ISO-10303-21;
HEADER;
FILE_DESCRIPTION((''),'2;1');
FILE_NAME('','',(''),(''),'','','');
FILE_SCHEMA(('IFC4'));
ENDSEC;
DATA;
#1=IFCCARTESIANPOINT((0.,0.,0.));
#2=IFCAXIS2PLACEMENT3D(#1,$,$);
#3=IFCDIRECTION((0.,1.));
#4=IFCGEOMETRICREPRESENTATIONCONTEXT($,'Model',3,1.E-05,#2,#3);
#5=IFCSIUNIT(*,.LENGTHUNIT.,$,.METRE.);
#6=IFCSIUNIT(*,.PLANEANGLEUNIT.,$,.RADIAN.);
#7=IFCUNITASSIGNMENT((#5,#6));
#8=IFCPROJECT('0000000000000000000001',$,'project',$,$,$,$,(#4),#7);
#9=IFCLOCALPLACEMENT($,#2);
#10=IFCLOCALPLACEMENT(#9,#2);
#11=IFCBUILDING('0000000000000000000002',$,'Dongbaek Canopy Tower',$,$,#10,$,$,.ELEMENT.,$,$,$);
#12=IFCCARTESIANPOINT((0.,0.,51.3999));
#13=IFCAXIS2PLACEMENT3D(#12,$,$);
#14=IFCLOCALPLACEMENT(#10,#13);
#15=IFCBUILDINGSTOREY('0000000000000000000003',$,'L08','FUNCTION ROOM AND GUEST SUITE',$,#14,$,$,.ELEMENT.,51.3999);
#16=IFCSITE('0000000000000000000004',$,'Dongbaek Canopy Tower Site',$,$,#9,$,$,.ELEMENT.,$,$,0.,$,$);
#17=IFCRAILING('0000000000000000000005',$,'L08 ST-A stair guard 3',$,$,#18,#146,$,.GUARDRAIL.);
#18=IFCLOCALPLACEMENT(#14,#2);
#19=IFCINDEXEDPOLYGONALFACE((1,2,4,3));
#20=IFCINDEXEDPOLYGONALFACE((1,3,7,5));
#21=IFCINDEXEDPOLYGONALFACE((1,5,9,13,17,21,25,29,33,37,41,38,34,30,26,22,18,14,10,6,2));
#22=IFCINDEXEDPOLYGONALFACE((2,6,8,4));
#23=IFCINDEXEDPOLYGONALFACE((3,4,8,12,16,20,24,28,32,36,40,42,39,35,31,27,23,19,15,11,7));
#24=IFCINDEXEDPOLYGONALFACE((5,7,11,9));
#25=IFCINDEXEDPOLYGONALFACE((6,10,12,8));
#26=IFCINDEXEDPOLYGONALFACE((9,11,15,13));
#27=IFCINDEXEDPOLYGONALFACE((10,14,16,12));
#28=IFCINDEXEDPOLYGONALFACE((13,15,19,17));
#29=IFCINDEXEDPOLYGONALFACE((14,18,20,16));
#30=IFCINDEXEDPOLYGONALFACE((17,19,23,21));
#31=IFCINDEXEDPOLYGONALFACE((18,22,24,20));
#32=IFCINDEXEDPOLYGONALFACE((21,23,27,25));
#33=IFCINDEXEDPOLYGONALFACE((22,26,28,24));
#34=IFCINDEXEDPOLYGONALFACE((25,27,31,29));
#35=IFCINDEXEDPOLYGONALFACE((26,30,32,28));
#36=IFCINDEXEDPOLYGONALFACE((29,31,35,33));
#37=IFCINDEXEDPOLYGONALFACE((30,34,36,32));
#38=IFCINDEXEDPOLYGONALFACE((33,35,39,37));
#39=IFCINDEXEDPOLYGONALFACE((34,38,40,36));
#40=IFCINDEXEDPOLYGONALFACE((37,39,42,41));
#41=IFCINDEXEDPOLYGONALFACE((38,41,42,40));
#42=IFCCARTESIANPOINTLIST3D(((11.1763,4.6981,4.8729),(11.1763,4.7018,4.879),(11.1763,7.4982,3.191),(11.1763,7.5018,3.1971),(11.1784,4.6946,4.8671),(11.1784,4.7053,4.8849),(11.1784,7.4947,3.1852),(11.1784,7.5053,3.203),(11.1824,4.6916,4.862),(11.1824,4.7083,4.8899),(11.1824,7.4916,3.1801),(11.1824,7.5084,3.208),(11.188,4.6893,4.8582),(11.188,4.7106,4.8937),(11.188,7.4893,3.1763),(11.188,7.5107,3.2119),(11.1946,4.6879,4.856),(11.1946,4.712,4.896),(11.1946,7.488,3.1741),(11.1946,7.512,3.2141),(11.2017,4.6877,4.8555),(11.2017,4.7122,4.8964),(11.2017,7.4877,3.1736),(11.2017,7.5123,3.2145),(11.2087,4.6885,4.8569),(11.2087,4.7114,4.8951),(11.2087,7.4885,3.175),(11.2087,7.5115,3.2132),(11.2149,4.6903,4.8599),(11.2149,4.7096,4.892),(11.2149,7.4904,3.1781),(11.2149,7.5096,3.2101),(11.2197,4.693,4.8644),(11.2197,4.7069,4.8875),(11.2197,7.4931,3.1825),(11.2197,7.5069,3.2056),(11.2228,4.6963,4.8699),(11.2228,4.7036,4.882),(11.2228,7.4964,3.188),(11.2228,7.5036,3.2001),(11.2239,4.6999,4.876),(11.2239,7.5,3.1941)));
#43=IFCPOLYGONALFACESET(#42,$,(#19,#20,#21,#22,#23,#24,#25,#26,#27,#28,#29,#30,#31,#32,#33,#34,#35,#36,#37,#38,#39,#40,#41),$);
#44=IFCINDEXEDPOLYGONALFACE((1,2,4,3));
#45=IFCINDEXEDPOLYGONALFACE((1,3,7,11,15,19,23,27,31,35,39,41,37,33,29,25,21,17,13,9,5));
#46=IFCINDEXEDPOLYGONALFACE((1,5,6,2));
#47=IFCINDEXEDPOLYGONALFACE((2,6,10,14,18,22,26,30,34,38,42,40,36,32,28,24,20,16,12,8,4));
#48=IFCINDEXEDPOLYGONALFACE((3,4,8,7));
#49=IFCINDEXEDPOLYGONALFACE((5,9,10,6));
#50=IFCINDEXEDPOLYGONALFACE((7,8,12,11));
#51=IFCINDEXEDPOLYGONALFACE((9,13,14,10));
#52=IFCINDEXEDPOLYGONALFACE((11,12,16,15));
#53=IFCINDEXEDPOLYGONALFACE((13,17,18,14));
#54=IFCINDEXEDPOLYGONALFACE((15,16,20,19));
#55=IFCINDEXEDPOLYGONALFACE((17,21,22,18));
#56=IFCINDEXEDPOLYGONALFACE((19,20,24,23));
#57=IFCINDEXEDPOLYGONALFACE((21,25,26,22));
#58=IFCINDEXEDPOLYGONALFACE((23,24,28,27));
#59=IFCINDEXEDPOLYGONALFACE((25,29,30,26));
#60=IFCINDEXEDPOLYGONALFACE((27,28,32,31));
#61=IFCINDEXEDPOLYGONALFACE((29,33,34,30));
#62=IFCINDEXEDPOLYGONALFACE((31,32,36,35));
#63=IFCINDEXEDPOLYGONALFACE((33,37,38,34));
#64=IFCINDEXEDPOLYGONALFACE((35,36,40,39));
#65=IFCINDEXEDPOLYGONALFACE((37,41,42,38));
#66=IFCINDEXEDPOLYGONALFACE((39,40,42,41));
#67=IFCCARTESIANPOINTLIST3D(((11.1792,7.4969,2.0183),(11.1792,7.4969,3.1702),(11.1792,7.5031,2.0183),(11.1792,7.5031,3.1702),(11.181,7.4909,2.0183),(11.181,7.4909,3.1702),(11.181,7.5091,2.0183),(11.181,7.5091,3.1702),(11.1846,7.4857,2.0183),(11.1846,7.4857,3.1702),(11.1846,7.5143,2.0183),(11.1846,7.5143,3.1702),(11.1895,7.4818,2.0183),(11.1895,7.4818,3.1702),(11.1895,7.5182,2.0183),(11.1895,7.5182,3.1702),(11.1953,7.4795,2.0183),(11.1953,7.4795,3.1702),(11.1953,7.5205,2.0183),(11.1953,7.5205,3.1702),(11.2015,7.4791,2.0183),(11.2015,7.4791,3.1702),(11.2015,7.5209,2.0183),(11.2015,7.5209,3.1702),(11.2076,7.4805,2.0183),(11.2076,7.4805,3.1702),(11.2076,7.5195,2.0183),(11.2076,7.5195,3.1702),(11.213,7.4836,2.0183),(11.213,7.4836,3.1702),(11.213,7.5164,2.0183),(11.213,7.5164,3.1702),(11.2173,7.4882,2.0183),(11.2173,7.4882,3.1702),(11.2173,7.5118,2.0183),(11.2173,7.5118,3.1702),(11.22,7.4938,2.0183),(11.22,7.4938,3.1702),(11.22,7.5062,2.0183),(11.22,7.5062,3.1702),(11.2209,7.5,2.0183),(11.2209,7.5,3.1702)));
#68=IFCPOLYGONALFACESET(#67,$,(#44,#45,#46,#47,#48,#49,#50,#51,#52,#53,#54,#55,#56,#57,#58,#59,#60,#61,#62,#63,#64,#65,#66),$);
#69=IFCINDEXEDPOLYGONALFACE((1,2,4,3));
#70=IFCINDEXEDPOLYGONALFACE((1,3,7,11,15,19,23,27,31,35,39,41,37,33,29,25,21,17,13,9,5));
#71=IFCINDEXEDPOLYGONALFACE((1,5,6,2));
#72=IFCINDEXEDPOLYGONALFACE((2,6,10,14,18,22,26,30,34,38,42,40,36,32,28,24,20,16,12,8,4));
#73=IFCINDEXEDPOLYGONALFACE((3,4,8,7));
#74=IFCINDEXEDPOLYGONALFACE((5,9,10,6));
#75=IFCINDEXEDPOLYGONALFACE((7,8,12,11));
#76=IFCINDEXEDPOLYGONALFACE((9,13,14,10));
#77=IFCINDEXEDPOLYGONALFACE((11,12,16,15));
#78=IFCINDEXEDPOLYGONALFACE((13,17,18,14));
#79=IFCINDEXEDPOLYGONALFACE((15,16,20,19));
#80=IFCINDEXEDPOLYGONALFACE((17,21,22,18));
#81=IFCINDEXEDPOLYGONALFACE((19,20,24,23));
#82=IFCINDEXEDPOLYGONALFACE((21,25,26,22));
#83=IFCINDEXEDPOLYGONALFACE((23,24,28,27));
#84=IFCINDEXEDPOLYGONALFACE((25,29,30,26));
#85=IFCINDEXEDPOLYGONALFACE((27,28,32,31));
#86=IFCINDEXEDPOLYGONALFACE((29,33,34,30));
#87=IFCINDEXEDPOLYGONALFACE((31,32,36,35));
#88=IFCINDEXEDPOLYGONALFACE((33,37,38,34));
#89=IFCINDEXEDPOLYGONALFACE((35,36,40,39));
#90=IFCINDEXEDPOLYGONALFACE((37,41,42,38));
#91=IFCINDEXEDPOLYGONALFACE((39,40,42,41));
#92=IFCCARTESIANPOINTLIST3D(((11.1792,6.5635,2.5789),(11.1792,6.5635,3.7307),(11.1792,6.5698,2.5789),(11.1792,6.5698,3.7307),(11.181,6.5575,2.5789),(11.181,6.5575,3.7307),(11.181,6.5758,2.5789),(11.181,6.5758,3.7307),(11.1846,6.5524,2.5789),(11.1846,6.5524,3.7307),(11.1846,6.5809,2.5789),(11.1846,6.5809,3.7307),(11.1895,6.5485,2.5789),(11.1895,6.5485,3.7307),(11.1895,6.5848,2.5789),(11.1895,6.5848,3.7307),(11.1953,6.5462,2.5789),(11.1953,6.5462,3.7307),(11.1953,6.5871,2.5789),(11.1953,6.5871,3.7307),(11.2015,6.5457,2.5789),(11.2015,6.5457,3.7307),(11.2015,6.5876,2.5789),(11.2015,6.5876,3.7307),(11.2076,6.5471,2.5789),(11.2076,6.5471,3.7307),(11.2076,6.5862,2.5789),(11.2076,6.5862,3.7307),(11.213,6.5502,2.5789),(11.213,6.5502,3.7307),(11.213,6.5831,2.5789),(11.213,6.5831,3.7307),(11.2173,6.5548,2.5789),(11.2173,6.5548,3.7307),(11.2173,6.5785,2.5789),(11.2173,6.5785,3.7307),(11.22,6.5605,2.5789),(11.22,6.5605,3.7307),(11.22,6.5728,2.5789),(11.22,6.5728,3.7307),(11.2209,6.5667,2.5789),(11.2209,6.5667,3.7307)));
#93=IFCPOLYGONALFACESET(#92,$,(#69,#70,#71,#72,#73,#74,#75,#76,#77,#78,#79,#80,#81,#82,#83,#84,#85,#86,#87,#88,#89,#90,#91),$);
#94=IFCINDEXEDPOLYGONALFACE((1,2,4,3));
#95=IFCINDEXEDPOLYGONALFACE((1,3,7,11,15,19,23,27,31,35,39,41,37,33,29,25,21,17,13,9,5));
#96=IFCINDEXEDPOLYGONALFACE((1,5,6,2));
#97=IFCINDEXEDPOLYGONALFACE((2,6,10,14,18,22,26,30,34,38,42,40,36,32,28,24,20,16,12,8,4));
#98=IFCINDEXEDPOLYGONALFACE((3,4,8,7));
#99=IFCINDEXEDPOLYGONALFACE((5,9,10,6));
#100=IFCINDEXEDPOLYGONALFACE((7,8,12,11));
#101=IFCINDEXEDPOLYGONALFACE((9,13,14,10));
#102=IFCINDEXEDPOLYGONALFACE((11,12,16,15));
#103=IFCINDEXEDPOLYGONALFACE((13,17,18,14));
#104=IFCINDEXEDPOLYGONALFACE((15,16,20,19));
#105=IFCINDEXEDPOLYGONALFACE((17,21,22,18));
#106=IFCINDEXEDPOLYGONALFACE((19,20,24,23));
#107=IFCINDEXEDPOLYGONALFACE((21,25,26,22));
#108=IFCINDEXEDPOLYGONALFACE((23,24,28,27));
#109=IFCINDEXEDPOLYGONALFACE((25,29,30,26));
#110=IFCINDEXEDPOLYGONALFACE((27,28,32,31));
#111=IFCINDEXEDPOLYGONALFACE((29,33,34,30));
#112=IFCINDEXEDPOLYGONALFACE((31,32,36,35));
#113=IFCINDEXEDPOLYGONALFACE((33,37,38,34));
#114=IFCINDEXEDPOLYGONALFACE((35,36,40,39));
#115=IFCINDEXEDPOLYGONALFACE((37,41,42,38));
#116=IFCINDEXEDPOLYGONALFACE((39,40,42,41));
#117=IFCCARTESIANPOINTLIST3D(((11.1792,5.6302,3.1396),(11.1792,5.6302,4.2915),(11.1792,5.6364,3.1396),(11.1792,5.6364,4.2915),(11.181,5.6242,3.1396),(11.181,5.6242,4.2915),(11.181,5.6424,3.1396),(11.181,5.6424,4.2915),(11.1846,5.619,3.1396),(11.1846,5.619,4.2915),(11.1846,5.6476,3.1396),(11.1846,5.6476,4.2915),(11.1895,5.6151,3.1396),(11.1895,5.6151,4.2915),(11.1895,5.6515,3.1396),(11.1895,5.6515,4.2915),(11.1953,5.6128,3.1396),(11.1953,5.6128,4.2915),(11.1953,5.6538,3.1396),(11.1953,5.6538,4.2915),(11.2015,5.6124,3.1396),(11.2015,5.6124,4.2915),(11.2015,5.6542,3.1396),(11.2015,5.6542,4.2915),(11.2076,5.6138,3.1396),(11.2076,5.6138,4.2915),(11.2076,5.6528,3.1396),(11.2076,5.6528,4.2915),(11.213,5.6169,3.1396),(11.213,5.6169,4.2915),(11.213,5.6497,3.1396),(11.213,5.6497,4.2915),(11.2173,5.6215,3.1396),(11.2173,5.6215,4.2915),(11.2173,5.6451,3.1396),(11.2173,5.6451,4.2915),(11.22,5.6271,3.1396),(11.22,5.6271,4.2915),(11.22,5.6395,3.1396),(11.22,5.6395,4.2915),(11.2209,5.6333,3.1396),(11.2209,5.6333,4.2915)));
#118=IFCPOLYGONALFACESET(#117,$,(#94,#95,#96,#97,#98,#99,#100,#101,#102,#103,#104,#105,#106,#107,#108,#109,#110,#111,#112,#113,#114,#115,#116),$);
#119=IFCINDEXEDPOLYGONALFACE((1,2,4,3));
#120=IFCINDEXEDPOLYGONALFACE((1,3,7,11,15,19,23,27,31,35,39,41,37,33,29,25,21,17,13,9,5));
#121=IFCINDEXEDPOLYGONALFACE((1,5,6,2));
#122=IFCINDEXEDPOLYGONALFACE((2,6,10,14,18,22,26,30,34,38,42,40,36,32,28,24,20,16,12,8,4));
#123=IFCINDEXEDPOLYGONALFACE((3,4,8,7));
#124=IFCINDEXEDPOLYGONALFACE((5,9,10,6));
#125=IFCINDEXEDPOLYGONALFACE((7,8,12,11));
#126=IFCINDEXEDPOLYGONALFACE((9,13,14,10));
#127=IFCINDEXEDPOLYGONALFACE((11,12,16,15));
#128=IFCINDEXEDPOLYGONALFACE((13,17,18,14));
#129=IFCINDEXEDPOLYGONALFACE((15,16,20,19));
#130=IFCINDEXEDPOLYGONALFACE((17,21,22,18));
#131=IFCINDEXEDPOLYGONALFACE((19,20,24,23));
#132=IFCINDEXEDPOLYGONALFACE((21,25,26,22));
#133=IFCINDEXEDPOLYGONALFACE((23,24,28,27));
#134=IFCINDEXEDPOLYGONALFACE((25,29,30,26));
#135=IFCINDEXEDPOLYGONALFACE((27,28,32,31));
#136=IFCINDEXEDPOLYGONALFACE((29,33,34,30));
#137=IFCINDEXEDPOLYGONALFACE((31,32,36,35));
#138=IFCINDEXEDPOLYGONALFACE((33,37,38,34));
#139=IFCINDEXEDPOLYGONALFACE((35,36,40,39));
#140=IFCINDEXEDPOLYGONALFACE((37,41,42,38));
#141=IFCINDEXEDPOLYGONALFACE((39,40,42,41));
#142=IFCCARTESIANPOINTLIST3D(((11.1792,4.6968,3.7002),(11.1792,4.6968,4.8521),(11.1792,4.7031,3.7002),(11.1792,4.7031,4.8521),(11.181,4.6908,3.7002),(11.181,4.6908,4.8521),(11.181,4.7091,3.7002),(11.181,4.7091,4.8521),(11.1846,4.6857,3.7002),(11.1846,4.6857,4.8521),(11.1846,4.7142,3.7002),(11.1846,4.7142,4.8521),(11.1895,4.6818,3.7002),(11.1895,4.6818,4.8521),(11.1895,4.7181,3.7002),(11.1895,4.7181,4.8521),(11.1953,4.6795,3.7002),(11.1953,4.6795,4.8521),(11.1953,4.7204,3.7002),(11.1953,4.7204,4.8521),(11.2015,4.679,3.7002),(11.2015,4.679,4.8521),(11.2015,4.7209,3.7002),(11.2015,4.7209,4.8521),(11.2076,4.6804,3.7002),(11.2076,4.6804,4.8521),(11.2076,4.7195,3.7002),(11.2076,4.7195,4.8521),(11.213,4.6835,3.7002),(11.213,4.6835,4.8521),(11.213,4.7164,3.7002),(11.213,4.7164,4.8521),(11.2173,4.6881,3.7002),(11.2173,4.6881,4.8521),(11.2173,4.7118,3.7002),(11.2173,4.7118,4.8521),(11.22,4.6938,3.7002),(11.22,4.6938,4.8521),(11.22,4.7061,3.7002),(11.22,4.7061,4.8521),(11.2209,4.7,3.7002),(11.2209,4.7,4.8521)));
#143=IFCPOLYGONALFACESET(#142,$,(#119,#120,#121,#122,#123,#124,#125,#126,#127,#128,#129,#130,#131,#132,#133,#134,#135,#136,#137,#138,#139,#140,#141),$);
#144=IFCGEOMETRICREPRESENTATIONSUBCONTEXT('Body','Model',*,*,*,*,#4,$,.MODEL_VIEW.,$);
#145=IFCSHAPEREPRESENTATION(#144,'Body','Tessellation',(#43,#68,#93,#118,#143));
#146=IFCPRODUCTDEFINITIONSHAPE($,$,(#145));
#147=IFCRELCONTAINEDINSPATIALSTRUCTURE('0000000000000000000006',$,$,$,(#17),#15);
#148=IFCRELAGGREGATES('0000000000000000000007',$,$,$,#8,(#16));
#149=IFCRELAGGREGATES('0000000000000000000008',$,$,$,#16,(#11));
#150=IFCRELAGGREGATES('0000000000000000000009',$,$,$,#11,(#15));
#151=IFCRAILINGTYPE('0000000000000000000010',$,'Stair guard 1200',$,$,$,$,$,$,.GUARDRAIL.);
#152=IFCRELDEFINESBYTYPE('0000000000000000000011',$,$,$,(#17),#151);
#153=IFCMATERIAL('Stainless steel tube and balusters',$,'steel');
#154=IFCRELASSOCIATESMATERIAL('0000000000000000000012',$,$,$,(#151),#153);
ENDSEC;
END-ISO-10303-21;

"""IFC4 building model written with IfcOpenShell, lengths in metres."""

from ifc_helpers import new_model, si_unit, direction, frame, origin, origin_2d, place, context, subcontext, project, spatial, circle, extrude, material, type_object, element, save


model = new_model("IFC4")

# Units and contexts
model_context = context("Model", 3, precision=1e-05, world=origin(), true_north=direction((0.0, 1.0)))
body_context = subcontext(model_context, "Body", "Model", "MODEL_VIEW")
ifc_project = project(units=[si_unit("LENGTHUNIT", "METRE"), si_unit("PLANEANGLEUNIT", "RADIAN")], contexts=[model_context])

# Site, building, storey
site_placement = place(None, origin())
site = spatial("IfcSite", under=ifc_project, at=site_placement, Name="Dongbaek Canopy Tower Site", CompositionType="ELEMENT", RefElevation=0.0)
building_placement = place(site_placement, origin())
building = spatial("IfcBuilding", under=site, at=building_placement, Name="Dongbaek Canopy Tower", CompositionType="ELEMENT")
storey_placement = place(building_placement, frame((0.0, 0.0, 51.3999)))
storey = spatial("IfcBuildingStorey", under=building, at=storey_placement, Name="L08", Description="FUNCTION ROOM AND GUEST SUITE", CompositionType="ELEMENT", Elevation=51.3999)

# Railing
ifc_material_1 = material(Name="Stainless steel tube and balusters", Category="steel")
railing_type_1 = type_object("IfcRailingType", Name="Stair guard 1200", PredefinedType="GUARDRAIL", material=ifc_material_1)
railing_1_placement = place(storey_placement, frame((11.2, 7.5, 2.0183)))
element("IfcRailing", 1, at=railing_1_placement, inside=storey, type_object=railing_type_1, Name="L08 ST-A stair guard 3", PredefinedType="GUARDRAIL", context=body_context, shape_type="SweptSolid", body=[
    extrude(circle(Radius=0.0239, at=origin_2d()), frame((0.0, 0.0, 1.1758), z_axis=(0.0, -0.857242, 0.514913), x_axis=(1.0, 0.0, 0.0)), (0.0, 0.0, 1.0), 3.2664),
    extrude(circle(Radius=0.021, at=origin_2d()), origin(), (0.0, 0.0, 1.0), 1.1519),
    extrude(circle(Radius=0.021, at=origin_2d()), frame((0.0, -0.9333, 0.5605)), (0.0, 0.0, 1.0), 1.1519),
    extrude(circle(Radius=0.021, at=origin_2d()), frame((0.0, -1.8667, 1.1213)), (0.0, 0.0, 1.0), 1.1519),
    extrude(circle(Radius=0.021, at=origin_2d()), frame((0.0, -2.8, 1.6819)), (0.0, 0.0, 1.0), 1.1519),
])

save(model, "model.ifc")
